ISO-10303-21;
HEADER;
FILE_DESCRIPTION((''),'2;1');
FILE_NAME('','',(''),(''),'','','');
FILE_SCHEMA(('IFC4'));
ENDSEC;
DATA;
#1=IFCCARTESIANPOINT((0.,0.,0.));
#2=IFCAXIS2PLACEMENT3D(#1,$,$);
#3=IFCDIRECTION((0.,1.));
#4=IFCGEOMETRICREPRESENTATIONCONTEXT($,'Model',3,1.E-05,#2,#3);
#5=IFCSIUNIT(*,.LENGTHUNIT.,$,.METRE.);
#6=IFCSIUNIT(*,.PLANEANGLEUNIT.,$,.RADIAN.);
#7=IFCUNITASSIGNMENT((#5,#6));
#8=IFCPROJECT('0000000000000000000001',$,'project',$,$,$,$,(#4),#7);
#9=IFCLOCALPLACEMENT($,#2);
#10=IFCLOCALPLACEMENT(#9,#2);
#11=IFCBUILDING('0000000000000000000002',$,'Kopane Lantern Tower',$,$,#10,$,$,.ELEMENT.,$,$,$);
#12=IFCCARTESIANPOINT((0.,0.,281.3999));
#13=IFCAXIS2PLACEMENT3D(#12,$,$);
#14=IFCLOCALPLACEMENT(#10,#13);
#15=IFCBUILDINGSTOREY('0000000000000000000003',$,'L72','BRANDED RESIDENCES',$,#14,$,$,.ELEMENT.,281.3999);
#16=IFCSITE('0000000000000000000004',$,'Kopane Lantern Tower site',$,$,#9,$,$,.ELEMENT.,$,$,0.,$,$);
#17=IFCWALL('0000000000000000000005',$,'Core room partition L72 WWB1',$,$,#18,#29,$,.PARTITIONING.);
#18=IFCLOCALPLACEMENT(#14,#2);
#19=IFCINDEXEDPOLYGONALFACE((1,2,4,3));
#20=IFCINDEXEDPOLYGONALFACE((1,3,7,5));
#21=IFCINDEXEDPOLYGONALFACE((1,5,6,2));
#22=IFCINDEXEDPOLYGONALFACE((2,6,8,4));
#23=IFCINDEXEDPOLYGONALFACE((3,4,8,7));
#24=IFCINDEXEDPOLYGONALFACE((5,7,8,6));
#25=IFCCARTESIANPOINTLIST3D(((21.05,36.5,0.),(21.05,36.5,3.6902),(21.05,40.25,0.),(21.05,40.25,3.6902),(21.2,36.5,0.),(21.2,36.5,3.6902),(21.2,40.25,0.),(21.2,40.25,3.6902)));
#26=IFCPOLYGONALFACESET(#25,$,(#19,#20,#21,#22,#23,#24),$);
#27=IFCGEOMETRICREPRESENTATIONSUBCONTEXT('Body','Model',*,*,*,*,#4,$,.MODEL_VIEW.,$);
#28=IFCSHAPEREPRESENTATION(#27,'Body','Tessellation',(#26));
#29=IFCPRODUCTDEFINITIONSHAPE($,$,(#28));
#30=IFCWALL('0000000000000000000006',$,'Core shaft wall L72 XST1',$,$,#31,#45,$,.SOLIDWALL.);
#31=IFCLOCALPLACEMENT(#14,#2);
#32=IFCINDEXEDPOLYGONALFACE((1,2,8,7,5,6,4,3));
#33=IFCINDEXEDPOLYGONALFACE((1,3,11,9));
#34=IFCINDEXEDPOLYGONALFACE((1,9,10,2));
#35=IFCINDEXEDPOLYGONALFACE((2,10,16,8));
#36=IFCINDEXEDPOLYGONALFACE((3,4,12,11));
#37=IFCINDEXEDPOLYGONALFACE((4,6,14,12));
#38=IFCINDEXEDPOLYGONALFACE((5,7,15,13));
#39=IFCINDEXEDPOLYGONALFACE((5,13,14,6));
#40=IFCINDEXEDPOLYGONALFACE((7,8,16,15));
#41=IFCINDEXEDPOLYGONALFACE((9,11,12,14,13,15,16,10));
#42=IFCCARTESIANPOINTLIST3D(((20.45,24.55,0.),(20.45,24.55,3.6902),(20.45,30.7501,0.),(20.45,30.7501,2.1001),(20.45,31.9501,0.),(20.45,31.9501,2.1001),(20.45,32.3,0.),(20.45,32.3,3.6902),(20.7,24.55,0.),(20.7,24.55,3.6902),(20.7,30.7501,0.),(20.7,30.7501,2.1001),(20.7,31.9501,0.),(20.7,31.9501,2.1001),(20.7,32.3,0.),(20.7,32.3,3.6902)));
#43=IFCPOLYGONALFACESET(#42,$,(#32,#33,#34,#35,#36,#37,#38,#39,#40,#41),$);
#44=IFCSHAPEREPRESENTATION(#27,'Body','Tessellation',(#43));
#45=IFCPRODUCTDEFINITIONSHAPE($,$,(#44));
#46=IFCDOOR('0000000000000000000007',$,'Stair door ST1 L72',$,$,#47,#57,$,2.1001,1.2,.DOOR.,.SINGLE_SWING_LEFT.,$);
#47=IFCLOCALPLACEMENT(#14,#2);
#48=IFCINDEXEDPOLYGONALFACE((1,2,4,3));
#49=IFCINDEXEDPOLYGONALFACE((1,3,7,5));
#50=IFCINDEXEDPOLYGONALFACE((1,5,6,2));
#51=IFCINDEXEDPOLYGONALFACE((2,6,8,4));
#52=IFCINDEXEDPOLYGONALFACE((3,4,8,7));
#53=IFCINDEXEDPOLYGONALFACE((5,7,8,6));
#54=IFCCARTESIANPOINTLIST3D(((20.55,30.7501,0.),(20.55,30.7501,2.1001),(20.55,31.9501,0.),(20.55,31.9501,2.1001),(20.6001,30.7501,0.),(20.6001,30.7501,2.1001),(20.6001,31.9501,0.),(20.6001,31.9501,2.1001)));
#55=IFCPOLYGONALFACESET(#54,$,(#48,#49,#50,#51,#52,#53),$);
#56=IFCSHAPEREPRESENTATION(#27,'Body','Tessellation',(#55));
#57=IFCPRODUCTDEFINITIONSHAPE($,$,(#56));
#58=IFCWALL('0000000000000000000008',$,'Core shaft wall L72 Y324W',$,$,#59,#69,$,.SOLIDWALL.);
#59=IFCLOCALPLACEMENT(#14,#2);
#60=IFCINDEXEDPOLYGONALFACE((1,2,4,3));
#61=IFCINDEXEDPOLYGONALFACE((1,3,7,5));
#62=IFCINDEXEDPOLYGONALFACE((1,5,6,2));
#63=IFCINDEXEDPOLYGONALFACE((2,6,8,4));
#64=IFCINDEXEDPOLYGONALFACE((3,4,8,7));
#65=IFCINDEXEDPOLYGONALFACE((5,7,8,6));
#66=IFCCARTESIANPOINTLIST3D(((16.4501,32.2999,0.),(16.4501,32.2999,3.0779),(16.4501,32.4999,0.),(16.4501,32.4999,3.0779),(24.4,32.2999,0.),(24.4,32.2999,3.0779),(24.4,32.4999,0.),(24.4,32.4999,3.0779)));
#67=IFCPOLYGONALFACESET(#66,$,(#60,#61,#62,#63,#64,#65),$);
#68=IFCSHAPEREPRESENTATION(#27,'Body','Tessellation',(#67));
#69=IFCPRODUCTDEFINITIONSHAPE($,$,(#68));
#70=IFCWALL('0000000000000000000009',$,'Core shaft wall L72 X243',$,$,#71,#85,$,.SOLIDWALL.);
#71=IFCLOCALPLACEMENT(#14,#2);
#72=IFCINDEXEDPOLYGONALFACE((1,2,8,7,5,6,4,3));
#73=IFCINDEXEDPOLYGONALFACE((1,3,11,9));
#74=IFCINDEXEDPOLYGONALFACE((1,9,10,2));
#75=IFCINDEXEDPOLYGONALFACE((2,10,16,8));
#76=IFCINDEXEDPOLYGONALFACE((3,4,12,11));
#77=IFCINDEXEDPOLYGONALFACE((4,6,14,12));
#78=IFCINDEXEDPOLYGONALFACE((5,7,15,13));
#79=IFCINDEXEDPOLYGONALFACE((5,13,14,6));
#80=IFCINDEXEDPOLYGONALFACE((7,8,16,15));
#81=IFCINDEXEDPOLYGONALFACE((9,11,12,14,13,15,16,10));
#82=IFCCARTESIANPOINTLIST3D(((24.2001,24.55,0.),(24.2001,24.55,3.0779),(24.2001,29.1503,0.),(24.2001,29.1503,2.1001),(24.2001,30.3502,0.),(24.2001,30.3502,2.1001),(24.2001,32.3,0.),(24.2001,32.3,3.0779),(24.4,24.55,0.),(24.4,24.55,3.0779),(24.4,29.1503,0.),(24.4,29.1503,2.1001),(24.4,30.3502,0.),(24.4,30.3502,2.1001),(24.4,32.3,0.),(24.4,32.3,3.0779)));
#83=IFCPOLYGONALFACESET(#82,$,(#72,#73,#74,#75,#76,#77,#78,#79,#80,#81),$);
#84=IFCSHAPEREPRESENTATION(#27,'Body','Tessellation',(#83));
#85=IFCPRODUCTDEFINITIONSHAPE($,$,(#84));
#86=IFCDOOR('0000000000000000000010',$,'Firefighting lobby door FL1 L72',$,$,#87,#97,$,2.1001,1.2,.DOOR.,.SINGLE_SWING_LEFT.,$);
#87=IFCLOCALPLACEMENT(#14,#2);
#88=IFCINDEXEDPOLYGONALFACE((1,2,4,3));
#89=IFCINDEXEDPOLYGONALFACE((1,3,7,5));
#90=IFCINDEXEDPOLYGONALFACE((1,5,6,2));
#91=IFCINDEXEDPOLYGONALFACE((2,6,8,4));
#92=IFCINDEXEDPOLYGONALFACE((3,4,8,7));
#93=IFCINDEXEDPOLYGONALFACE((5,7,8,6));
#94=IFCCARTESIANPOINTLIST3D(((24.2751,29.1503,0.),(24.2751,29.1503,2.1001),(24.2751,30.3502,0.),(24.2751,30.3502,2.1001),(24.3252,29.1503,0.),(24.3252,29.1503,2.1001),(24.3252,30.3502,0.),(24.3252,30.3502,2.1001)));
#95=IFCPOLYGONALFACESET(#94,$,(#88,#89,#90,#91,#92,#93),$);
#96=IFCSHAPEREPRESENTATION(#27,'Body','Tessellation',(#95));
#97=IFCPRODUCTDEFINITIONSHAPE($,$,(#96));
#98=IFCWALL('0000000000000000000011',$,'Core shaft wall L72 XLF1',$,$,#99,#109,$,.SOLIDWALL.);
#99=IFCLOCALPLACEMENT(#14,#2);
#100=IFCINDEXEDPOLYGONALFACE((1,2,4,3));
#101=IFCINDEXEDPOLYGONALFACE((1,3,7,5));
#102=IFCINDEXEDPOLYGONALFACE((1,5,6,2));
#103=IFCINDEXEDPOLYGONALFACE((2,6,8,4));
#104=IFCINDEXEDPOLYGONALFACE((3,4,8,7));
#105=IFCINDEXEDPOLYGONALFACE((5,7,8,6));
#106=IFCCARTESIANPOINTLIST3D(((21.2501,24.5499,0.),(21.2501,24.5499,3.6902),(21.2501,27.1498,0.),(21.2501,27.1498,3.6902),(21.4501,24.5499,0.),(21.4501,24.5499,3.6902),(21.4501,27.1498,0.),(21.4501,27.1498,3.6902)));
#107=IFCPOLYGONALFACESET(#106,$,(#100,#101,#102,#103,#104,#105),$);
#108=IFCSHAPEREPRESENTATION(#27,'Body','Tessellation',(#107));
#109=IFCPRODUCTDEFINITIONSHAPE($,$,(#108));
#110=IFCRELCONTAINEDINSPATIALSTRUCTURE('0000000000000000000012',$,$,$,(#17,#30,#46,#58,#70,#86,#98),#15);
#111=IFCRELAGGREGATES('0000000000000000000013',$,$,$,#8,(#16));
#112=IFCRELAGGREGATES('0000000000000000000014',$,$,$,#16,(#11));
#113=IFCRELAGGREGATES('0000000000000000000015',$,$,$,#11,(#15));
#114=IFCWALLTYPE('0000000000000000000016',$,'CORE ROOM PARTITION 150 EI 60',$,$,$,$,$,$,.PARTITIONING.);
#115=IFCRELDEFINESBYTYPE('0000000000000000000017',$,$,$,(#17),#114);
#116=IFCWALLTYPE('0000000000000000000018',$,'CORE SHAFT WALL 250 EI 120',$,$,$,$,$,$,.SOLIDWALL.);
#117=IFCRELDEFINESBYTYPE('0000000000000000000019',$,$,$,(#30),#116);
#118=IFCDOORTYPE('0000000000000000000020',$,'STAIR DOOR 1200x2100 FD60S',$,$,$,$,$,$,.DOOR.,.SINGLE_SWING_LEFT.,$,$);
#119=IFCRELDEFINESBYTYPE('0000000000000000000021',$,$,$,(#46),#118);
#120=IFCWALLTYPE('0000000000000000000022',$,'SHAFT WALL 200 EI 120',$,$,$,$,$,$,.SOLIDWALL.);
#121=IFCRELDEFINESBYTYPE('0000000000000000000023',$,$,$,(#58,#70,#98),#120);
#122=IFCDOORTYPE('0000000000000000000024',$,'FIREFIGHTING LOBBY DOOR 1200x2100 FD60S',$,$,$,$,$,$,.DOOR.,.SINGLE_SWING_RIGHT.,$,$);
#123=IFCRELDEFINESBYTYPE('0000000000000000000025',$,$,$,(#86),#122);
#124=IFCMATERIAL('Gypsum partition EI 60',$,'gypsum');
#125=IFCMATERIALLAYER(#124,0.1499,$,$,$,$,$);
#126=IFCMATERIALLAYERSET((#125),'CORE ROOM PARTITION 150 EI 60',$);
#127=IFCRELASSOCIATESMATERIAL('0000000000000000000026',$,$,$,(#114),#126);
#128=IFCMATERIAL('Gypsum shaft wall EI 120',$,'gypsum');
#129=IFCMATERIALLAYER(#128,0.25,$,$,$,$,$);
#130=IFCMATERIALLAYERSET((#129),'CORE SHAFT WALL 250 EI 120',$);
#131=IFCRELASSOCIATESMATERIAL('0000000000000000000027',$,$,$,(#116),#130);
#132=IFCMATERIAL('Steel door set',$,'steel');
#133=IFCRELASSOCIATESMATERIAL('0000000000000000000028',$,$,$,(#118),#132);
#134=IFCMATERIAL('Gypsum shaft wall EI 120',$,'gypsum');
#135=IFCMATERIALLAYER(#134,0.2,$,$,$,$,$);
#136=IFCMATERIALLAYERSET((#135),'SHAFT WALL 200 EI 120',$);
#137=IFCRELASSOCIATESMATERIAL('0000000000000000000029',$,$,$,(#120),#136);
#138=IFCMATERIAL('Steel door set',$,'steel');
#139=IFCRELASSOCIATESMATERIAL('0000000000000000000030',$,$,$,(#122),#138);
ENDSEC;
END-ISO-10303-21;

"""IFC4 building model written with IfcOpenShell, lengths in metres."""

from ifc_helpers import new_model, si_unit, direction, frame, frame_2d, origin, place, context, subcontext, project, spatial, rectangle, extrude, material, layer, layer_set, type_object, element, fill, save


model = new_model("IFC4")

# Units and contexts
model_context = context("Model", 3, precision=1e-05, world=origin(), true_north=direction((0.0, 1.0)))
body_context = subcontext(model_context, "Body", "Model", "MODEL_VIEW")
ifc_project = project(units=[si_unit("LENGTHUNIT", "METRE"), si_unit("PLANEANGLEUNIT", "RADIAN")], contexts=[model_context])

# Site, building, storey
site_placement = place(None, origin())
site = spatial("IfcSite", under=ifc_project, at=site_placement, Name="Kopane Lantern Tower site", CompositionType="ELEMENT", RefElevation=0.0)
building_placement = place(site_placement, origin())
building = spatial("IfcBuilding", under=site, at=building_placement, Name="Kopane Lantern Tower", CompositionType="ELEMENT")
storey_placement = place(building_placement, frame((0.0, 0.0, 281.3999)))
storey = spatial("IfcBuildingStorey", under=building, at=storey_placement, Name="L72", Description="BRANDED RESIDENCES", CompositionType="ELEMENT", Elevation=281.3999)

# Wall
ifc_material_1 = material(Name="Gypsum partition EI 60", Category="gypsum")
ifc_layer_1 = layer(ifc_material_1, 0.1499)
ifc_layer_set_1 = layer_set([ifc_layer_1], Name="CORE ROOM PARTITION 150 EI 60")
wall_type_1 = type_object("IfcWallType", Name="CORE ROOM PARTITION 150 EI 60", PredefinedType="PARTITIONING", material=ifc_layer_set_1)
wall_1_placement = place(storey_placement, frame((21.125, 36.5, 0.0), z_axis=(0.0, 0.0, 1.0), x_axis=(0.0, 1.0, 0.0)))
element("IfcWall", 1, at=wall_1_placement, inside=storey, type_object=wall_type_1, Name="Core room partition L72 WWB1", PredefinedType="PARTITIONING", context=body_context, shape_type="SweptSolid", body=[
    extrude(rectangle(XDim=3.75, YDim=0.1499, at=frame_2d((1.875, 0.0))), origin(), (0.0, 0.0, 1.0), 3.6902),
])

# Wall, opening, door
ifc_material_2 = material(Name="Gypsum shaft wall EI 120", Category="gypsum")
ifc_layer_2 = layer(ifc_material_2, 0.25)
ifc_layer_set_2 = layer_set([ifc_layer_2], Name="CORE SHAFT WALL 250 EI 120")
wall_type_2 = type_object("IfcWallType", Name="CORE SHAFT WALL 250 EI 120", PredefinedType="SOLIDWALL", material=ifc_layer_set_2)
wall_2_placement = place(storey_placement, frame((20.575, 24.55, 0.0), z_axis=(0.0, 0.0, 1.0), x_axis=(0.0, 1.0, 0.0)))
wall_2 = element("IfcWall", 2, at=wall_2_placement, inside=storey, type_object=wall_type_2, Name="Core shaft wall L72 XST1", PredefinedType="SOLIDWALL", context=body_context, shape_type="SweptSolid", body=[
    extrude(rectangle(XDim=7.75, YDim=0.25, at=frame_2d((3.875, 0.0))), origin(), (0.0, 0.0, 1.0), 3.6902),
])
opening_1_placement = place(wall_2_placement, frame((6.2, 0.0, 0.0)))
opening_1 = element("IfcOpeningElement", 3, at=opening_1_placement, cuts=wall_2, PredefinedType="OPENING", context=body_context, shape_type="SweptSolid", body=[
    extrude(rectangle(XDim=1.2, YDim=2.1001, at=frame_2d((0.6001, 1.05))), frame((0.0, 0.135, 0.0), z_axis=(0.0, -1.0, 0.0), x_axis=(1.0, 0.0, 0.0)), (0.0, 0.0, 1.0), 0.27),
])
ifc_material_3 = material(Name="Steel door set", Category="steel")
door_type_1 = type_object("IfcDoorType", Name="STAIR DOOR 1200x2100 FD60S", OperationType="SINGLE_SWING_LEFT", PredefinedType="DOOR", material=ifc_material_3)
door_1_placement = place(opening_1_placement, origin())
door_1 = element("IfcDoor", 4, at=door_1_placement, inside=storey, type_object=door_type_1, Name="Stair door ST1 L72", OperationType="SINGLE_SWING_LEFT", OverallHeight=2.1001, OverallWidth=1.2, PredefinedType="DOOR", context=body_context, shape_type="SweptSolid", body=[
    extrude(rectangle(XDim=1.2, YDim=2.1001, at=frame_2d((0.6001, 1.05))), frame((0.0, 0.0249, 0.0), z_axis=(0.0, -1.0, 0.0), x_axis=(1.0, 0.0, 0.0)), (0.0, 0.0, 1.0), 0.05),
])
fill(opening_1, door_1)

# Wall
ifc_material_4 = material(Name="Gypsum shaft wall EI 120", Category="gypsum")
ifc_layer_3 = layer(ifc_material_4, 0.2)
ifc_layer_set_3 = layer_set([ifc_layer_3], Name="SHAFT WALL 200 EI 120")
wall_type_3 = type_object("IfcWallType", Name="SHAFT WALL 200 EI 120", PredefinedType="SOLIDWALL", material=ifc_layer_set_3)
wall_3_placement = place(storey_placement, frame((16.45, 32.3999, 0.0), z_axis=(0.0, 0.0, 1.0), x_axis=(1.0, 0.0, 0.0)))
element("IfcWall", 5, at=wall_3_placement, inside=storey, type_object=wall_type_3, Name="Core shaft wall L72 Y324W", PredefinedType="SOLIDWALL", context=body_context, shape_type="SweptSolid", body=[
    extrude(rectangle(XDim=7.95, YDim=0.2, at=frame_2d((3.9751, 0.0))), origin(), (0.0, 0.0, 1.0), 3.0779),
])

# Wall, opening, door
wall_4_placement = place(storey_placement, frame((24.3, 24.55, 0.0), z_axis=(0.0, 0.0, 1.0), x_axis=(0.0, 1.0, 0.0)))
wall_4 = element("IfcWall", 6, at=wall_4_placement, inside=storey, type_object=wall_type_3, Name="Core shaft wall L72 X243", PredefinedType="SOLIDWALL", context=body_context, shape_type="SweptSolid", body=[
    extrude(rectangle(XDim=7.75, YDim=0.2, at=frame_2d((3.875, 0.0))), origin(), (0.0, 0.0, 1.0), 3.0779),
])
opening_2_placement = place(wall_4_placement, frame((4.6001, 0.0, 0.0)))
opening_2 = element("IfcOpeningElement", 7, at=opening_2_placement, cuts=wall_4, PredefinedType="OPENING", context=body_context, shape_type="SweptSolid", body=[
    extrude(rectangle(XDim=1.2, YDim=2.1001, at=frame_2d((0.6001, 1.05))), frame((0.0, 0.1099, 0.0), z_axis=(0.0, -1.0, 0.0), x_axis=(1.0, 0.0, 0.0)), (0.0, 0.0, 1.0), 0.22),
])
ifc_material_5 = material(Name="Steel door set", Category="steel")
door_type_2 = type_object("IfcDoorType", Name="FIREFIGHTING LOBBY DOOR 1200x2100 FD60S", OperationType="SINGLE_SWING_RIGHT", PredefinedType="DOOR", material=ifc_material_5)
door_2_placement = place(opening_2_placement, origin())
door_2 = element("IfcDoor", 8, at=door_2_placement, inside=storey, type_object=door_type_2, Name="Firefighting lobby door FL1 L72", OperationType="SINGLE_SWING_LEFT", OverallHeight=2.1001, OverallWidth=1.2, PredefinedType="DOOR", context=body_context, shape_type="SweptSolid", body=[
    extrude(rectangle(XDim=1.2, YDim=2.1001, at=frame_2d((0.6001, 1.05))), frame((0.0, 0.0249, 0.0), z_axis=(0.0, -1.0, 0.0), x_axis=(1.0, 0.0, 0.0)), (0.0, 0.0, 1.0), 0.05),
])
fill(opening_2, door_2)

# Wall
wall_5_placement = place(storey_placement, frame((21.3501, 24.55, 0.0), z_axis=(0.0, 0.0, 1.0), x_axis=(0.0, 1.0, 0.0)))
element("IfcWall", 9, at=wall_5_placement, inside=storey, type_object=wall_type_3, Name="Core shaft wall L72 XLF1", PredefinedType="SOLIDWALL", context=body_context, shape_type="SweptSolid", body=[
    extrude(rectangle(XDim=2.5999, YDim=0.2, at=frame_2d((1.2998, 0.0))), origin(), (0.0, 0.0, 1.0), 3.6902),
])

save(model, "model.ifc")
